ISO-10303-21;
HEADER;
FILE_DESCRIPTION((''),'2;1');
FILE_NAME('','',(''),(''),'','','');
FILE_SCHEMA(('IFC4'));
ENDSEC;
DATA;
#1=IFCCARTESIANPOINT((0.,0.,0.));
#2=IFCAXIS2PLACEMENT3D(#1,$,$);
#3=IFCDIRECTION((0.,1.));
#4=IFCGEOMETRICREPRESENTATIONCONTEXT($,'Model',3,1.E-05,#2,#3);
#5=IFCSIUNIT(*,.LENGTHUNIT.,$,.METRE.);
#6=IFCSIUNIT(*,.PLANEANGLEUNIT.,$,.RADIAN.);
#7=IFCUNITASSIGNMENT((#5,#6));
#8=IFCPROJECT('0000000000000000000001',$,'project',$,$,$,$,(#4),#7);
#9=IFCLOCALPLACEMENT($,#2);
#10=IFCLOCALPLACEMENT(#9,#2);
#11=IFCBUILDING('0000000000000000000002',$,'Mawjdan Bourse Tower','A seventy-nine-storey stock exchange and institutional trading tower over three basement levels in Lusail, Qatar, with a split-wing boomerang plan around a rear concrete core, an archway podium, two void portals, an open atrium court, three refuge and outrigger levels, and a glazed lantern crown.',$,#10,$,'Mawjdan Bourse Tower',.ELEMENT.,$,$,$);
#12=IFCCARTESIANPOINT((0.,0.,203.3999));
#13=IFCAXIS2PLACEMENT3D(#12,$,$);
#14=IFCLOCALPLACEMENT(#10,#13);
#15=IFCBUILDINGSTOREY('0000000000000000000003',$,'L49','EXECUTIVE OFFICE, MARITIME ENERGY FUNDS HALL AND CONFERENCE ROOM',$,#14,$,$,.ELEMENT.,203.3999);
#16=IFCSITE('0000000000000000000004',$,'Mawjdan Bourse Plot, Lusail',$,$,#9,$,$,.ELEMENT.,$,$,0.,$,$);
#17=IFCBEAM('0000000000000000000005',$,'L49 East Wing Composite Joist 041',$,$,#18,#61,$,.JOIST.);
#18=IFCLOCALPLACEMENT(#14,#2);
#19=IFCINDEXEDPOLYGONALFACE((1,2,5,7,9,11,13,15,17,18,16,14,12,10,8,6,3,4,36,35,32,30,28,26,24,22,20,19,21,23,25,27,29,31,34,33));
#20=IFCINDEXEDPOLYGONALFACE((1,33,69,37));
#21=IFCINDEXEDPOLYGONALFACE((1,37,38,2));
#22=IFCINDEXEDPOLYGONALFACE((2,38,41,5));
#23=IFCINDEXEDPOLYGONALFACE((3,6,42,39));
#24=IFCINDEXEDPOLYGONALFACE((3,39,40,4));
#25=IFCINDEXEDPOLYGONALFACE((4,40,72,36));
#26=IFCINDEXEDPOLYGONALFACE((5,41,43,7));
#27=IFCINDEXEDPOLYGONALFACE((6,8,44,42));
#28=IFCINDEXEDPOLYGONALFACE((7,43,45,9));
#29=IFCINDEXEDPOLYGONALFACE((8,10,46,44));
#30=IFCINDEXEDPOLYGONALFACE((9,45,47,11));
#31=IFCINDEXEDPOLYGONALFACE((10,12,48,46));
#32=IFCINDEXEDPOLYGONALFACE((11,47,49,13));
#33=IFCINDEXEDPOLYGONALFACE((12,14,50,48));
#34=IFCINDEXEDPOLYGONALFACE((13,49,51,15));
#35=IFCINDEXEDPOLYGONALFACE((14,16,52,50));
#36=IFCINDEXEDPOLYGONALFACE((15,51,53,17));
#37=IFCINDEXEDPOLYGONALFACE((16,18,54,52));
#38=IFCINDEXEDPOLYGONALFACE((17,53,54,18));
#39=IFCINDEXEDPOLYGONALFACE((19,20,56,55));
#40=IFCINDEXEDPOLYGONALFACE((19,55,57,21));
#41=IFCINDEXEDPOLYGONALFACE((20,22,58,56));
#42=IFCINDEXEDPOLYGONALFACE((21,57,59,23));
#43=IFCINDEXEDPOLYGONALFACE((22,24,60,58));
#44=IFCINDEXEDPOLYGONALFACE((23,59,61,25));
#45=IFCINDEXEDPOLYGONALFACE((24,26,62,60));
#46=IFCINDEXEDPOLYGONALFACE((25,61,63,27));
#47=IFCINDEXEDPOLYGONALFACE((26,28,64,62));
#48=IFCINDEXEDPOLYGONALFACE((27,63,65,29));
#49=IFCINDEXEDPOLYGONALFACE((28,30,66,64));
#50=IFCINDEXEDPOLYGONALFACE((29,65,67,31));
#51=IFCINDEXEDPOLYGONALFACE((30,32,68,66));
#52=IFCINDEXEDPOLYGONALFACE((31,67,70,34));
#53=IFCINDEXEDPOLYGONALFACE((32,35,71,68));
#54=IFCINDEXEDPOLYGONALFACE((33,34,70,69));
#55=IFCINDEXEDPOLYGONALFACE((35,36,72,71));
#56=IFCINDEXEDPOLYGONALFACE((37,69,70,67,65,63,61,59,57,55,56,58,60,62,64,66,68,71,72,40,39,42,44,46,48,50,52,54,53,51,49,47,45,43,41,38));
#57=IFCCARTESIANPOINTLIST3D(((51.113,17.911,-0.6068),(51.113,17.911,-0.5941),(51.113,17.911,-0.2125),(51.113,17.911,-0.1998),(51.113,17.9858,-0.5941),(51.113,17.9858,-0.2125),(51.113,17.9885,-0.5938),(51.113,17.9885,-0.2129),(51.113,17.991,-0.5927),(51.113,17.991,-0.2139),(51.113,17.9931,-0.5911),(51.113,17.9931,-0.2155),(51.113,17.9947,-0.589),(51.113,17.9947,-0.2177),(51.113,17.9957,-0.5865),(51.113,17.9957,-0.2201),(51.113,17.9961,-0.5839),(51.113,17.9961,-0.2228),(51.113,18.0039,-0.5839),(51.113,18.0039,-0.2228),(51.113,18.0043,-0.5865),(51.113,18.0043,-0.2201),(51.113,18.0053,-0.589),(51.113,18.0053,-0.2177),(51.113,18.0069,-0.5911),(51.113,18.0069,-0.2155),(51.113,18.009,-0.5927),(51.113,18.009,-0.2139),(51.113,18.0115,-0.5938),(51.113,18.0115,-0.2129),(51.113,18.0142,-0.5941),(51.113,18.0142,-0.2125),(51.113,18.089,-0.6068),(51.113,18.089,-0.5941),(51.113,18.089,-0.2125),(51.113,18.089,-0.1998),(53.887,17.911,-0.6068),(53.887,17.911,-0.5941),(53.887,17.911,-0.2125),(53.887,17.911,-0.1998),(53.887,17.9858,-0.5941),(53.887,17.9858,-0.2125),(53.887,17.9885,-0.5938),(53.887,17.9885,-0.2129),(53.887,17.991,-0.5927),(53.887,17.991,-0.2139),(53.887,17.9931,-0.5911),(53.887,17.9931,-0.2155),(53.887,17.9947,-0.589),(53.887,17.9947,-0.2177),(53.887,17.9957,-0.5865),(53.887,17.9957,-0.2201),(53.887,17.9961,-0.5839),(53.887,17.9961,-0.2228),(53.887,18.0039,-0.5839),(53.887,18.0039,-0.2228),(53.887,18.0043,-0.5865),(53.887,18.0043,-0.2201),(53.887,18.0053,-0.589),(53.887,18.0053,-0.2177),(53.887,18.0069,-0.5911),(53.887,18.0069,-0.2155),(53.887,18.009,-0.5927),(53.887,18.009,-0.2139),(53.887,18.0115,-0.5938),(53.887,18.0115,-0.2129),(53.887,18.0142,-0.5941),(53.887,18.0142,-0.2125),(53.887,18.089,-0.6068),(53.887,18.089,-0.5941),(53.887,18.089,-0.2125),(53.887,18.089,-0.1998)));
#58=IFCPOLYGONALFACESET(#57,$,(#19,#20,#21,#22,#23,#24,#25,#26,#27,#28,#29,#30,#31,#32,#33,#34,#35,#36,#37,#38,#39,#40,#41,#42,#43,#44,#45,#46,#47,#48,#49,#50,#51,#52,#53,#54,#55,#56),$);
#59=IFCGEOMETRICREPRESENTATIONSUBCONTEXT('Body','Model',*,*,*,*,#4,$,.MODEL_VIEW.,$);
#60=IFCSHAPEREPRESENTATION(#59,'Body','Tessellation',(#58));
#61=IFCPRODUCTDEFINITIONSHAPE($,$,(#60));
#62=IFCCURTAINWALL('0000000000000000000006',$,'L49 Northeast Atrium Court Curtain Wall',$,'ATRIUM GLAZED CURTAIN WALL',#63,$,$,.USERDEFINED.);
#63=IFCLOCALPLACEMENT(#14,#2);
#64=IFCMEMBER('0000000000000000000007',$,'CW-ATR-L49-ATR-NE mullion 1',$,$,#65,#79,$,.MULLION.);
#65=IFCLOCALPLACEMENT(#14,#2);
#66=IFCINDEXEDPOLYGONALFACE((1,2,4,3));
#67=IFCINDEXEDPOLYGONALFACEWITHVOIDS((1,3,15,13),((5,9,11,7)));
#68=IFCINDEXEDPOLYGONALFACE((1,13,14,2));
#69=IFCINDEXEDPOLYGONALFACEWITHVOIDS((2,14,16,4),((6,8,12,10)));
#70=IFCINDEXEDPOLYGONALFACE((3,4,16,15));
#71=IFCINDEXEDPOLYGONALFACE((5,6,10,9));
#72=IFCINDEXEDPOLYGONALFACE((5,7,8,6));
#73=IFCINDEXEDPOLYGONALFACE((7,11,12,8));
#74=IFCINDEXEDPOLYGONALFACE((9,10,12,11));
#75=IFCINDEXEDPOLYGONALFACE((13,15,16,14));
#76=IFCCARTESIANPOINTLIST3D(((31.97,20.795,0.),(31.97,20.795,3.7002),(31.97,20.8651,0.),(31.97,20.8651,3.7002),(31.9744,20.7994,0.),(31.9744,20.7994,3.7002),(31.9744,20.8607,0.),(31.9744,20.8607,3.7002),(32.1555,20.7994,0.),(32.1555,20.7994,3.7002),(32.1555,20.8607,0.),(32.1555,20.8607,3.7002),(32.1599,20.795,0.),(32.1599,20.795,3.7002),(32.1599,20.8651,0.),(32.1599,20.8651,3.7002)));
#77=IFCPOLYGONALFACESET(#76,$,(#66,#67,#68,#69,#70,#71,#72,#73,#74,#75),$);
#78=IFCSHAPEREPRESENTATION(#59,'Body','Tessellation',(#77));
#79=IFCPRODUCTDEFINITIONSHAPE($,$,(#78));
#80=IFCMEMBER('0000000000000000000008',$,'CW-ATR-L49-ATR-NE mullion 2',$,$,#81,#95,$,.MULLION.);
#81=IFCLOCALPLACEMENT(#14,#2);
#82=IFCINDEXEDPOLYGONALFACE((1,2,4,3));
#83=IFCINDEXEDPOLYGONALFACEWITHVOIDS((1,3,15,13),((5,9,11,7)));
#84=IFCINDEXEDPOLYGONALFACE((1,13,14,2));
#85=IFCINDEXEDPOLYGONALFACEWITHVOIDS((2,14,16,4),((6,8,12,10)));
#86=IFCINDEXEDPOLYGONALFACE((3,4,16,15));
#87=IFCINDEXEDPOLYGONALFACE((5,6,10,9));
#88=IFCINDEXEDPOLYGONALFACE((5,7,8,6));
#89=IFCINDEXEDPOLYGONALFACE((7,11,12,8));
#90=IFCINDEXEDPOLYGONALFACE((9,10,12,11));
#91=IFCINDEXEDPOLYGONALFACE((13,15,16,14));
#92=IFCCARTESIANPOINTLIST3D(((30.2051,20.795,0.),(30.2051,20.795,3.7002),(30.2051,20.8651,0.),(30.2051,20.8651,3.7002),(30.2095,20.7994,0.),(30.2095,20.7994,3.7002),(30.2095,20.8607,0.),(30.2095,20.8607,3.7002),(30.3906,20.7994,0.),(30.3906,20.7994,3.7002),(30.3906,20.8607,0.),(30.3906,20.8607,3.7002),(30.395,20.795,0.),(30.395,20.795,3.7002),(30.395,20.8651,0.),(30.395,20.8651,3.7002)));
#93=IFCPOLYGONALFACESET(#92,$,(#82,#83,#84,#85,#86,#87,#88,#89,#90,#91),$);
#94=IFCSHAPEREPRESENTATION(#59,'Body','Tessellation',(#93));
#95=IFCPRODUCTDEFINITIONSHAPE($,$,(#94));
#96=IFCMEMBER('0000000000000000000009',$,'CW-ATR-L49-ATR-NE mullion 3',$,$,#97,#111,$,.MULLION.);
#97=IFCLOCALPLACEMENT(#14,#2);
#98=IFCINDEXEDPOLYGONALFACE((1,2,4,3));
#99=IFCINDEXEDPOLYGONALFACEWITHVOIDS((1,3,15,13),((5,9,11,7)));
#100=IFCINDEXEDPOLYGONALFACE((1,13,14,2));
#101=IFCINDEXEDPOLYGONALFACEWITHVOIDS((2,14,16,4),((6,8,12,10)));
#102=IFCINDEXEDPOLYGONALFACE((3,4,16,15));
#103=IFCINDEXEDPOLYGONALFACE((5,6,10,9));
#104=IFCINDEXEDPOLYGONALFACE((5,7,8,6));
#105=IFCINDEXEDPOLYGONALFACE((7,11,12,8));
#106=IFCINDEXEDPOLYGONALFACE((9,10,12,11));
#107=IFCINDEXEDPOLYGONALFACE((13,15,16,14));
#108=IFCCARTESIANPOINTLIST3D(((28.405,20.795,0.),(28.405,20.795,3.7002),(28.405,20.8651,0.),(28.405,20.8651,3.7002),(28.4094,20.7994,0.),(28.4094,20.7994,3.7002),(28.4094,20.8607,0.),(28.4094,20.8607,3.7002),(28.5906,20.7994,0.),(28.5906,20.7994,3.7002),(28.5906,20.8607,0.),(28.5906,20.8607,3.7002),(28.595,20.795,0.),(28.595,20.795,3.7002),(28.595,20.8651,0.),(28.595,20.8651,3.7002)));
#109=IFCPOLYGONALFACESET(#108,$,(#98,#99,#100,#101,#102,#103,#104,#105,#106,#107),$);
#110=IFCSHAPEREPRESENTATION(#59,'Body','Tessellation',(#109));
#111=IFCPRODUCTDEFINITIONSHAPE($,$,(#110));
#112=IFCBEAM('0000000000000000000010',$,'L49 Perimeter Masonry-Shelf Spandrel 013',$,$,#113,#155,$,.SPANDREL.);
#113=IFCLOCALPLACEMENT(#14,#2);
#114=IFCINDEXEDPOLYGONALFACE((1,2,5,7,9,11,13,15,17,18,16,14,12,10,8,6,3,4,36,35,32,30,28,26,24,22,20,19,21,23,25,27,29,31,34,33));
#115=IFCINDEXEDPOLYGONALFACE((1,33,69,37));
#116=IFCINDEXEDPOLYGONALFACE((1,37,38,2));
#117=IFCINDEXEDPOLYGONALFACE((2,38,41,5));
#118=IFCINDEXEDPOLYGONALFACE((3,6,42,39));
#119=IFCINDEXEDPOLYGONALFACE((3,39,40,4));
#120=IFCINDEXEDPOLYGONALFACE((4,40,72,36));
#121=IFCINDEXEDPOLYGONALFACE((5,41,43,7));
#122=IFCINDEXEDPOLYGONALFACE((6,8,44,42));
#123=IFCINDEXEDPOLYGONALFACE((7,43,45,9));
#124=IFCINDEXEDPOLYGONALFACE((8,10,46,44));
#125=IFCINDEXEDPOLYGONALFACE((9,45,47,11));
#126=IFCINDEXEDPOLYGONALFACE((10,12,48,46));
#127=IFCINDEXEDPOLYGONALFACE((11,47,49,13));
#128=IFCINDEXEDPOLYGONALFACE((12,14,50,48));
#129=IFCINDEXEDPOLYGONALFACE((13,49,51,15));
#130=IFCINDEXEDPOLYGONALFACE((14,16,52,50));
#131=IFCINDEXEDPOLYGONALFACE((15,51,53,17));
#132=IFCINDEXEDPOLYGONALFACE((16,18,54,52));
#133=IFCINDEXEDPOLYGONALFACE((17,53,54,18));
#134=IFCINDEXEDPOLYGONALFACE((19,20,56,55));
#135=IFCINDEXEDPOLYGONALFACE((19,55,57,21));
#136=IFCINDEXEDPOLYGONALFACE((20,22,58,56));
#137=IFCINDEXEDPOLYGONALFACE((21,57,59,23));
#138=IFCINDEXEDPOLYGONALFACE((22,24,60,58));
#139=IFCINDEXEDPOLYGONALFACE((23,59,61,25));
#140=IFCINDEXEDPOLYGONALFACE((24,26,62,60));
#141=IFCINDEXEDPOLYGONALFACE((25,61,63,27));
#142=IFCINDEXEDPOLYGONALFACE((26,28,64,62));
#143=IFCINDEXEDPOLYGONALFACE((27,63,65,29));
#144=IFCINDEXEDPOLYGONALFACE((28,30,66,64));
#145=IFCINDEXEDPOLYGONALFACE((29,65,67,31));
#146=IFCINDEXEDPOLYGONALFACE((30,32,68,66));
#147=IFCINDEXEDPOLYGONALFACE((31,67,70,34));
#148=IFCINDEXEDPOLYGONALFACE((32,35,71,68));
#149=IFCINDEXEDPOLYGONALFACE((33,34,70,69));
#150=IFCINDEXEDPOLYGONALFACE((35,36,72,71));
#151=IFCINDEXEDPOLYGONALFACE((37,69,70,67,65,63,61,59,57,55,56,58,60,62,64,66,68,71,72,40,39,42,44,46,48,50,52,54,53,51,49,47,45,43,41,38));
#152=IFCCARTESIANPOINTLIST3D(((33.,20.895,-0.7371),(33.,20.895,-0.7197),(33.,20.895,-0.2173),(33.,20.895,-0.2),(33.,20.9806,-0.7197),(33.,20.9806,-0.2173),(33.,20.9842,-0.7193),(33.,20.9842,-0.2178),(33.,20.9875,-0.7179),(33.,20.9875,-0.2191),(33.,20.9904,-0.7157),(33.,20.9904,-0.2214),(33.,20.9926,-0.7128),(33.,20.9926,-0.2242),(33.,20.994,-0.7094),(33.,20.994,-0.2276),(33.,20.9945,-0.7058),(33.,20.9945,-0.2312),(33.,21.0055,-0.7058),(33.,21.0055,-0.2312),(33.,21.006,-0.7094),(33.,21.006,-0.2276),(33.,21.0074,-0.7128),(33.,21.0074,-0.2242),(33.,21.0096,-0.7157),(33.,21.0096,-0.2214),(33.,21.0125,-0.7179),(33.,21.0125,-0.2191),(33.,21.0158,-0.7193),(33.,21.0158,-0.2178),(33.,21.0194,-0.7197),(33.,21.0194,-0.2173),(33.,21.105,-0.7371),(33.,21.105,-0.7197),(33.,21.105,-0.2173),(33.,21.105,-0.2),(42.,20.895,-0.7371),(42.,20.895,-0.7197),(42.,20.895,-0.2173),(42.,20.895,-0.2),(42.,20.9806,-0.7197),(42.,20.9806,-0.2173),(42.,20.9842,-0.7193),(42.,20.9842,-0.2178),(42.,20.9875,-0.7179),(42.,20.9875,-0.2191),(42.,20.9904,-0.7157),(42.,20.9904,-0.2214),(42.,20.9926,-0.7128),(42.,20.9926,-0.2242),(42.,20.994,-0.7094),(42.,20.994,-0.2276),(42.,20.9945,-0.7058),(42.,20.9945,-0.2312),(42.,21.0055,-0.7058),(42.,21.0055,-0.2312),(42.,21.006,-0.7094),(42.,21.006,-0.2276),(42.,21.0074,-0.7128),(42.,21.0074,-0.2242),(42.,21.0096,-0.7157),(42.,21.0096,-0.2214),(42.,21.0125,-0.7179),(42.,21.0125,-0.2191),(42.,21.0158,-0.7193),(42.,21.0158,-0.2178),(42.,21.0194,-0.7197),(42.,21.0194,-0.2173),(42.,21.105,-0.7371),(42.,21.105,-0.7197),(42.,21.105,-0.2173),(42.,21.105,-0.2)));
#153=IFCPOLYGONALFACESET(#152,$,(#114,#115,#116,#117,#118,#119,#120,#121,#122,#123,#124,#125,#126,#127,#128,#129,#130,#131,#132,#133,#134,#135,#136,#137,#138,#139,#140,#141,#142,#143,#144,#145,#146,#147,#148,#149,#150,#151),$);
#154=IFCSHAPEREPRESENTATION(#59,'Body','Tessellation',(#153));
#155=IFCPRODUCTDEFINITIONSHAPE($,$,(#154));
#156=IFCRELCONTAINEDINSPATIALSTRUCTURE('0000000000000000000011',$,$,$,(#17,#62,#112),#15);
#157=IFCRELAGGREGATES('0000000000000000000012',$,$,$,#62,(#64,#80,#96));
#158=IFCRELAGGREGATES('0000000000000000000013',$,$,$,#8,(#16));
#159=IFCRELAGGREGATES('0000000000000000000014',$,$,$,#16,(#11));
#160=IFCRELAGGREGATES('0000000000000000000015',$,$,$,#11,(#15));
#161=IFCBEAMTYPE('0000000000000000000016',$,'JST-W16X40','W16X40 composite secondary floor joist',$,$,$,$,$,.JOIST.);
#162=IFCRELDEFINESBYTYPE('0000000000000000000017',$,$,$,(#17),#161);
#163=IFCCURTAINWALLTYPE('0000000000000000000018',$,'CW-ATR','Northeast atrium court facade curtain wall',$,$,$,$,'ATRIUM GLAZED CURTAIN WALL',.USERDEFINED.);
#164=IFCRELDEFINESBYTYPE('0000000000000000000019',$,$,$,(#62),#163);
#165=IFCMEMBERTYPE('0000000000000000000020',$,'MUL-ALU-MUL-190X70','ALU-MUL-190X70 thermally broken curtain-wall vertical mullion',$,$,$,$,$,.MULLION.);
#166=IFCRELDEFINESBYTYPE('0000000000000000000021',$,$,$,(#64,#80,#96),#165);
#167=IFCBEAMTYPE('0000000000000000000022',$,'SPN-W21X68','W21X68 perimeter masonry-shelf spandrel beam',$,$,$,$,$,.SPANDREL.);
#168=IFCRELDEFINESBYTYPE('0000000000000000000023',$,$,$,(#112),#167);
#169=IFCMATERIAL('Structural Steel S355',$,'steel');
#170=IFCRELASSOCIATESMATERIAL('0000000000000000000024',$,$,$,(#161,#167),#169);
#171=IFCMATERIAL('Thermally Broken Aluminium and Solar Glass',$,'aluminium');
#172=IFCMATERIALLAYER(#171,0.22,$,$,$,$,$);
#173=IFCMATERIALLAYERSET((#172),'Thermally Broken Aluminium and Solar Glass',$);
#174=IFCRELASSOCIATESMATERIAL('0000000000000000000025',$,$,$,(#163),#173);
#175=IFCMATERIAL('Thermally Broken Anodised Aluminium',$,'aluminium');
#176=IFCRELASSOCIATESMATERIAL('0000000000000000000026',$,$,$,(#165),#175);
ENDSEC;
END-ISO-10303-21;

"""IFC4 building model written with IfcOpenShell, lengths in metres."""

from ifc_helpers import new_model, si_unit, direction, frame, origin, origin_2d, place, context, subcontext, project, spatial, hollow_rectangle, i_section, extrude, material, layer, layer_set, material_profile, profile_set, type_object, element, aggregate, save


model = new_model("IFC4")

# Units and contexts
model_context = context("Model", 3, precision=1e-05, world=origin(), true_north=direction((0.0, 1.0)))
body_context = subcontext(model_context, "Body", "Model", "MODEL_VIEW")
ifc_project = project(units=[si_unit("LENGTHUNIT", "METRE"), si_unit("PLANEANGLEUNIT", "RADIAN")], contexts=[model_context])

# Site, building, storey
site_placement = place(None, origin())
site = spatial("IfcSite", under=ifc_project, at=site_placement, Name="Mawjdan Bourse Plot, Lusail", CompositionType="ELEMENT", RefElevation=0.0)
building_placement = place(site_placement, origin())
building = spatial("IfcBuilding", under=site, at=building_placement, Name="Mawjdan Bourse Tower", Description="A seventy-nine-storey stock exchange and institutional trading tower over three basement levels in Lusail, Qatar, with a split-wing boomerang plan around a rear concrete core, an archway podium, two void portals, an open atrium court, three refuge and outrigger levels, and a glazed lantern crown.", LongName="Mawjdan Bourse Tower", CompositionType="ELEMENT")
storey_placement = place(building_placement, frame((0.0, 0.0, 203.3999)))
storey = spatial("IfcBuildingStorey", under=building, at=storey_placement, Name="L49", Description="EXECUTIVE OFFICE, MARITIME ENERGY FUNDS HALL AND CONFERENCE ROOM", CompositionType="ELEMENT", Elevation=203.3999)

# Beam
ifc_material_1 = material(Name="Structural Steel S355", Category="steel")
ifc_material_profile_1 = material_profile(ifc_material_1, i_section(OverallWidth=0.178, OverallDepth=0.407, WebThickness=0.0078, FlangeThickness=0.0127, FilletRadius=0.0103, at=origin_2d()), Name="W16X40")
ifc_profile_set_1 = profile_set([ifc_material_profile_1], Name="Structural Steel S355")
beam_type_1 = type_object("IfcBeamType", Name="JST-W16X40", Description="W16X40 composite secondary floor joist", PredefinedType="JOIST", material=ifc_profile_set_1)
for number, where, z_axis, x_axis, name in (
    (1, (51.113, 18.0, -0.4033), (1.0, 0.0, 0.0), (0.0, 1.0, 0.0), "L49 East Wing Composite Joist 041"),
):
    element("IfcBeam", number, at=place(storey_placement, frame(where, z_axis=z_axis, x_axis=x_axis)), inside=storey, type_object=beam_type_1, Name=name, PredefinedType="JOIST", context=body_context, shape_type="SweptSolid", body=[
        extrude(i_section(OverallWidth=0.178, OverallDepth=0.407, WebThickness=0.0078, FlangeThickness=0.0127, FilletRadius=0.0103, at=origin_2d()), origin(), (0.0, 0.0, 1.0), 2.7739),
    ])

# Curtain wall, members
ifc_material_2 = material(Name="Thermally Broken Aluminium and Solar Glass", Category="aluminium")
ifc_layer_1 = layer(ifc_material_2, 0.22)
ifc_layer_set_1 = layer_set([ifc_layer_1], Name="Thermally Broken Aluminium and Solar Glass")
curtain_wall_type = type_object("IfcCurtainWallType", Name="CW-ATR", Description="Northeast atrium court facade curtain wall", ElementType="ATRIUM GLAZED CURTAIN WALL", PredefinedType="USERDEFINED", material=ifc_layer_set_1)
curtain_wall_placement = place(storey_placement, origin())
curtain_wall = element("IfcCurtainWall", 2, at=curtain_wall_placement, inside=storey, type_object=curtain_wall_type, Name="L49 Northeast Atrium Court Curtain Wall", ObjectType="ATRIUM GLAZED CURTAIN WALL", PredefinedType="USERDEFINED")
ifc_material_3 = material(Name="Thermally Broken Anodised Aluminium", Category="aluminium")
ifc_material_profile_2 = material_profile(ifc_material_3, hollow_rectangle(XDim=0.0701, YDim=0.1899, WallThickness=0.0044, at=origin_2d()), Name="ALU-MUL-190X70")
ifc_profile_set_2 = profile_set([ifc_material_profile_2], Name="Thermally Broken Anodised Aluminium")
member_type_1 = type_object("IfcMemberType", Name="MUL-ALU-MUL-190X70", Description="ALU-MUL-190X70 thermally broken curtain-wall vertical mullion", PredefinedType="MULLION", material=ifc_profile_set_2)
member_1_placement = place(storey_placement, frame((32.0649, 20.8301, 0.0), z_axis=(0.0, 0.0, 1.0), x_axis=(0.0, -1.0, 0.0)))
member_1 = element("IfcMember", 3, at=member_1_placement, type_object=member_type_1, Name="CW-ATR-L49-ATR-NE mullion 1", PredefinedType="MULLION", context=body_context, shape_type="SweptSolid", body=[
    extrude(hollow_rectangle(XDim=0.0701, YDim=0.1899, WallThickness=0.0044, at=origin_2d()), origin(), (0.0, 0.0, 1.0), 3.7002),
])
member_2_placement = place(storey_placement, frame((30.3, 20.8301, 0.0), z_axis=(0.0, 0.0, 1.0), x_axis=(0.0, -1.0, 0.0)))
member_2 = element("IfcMember", 4, at=member_2_placement, type_object=member_type_1, Name="CW-ATR-L49-ATR-NE mullion 2", PredefinedType="MULLION", context=body_context, shape_type="SweptSolid", body=[
    extrude(hollow_rectangle(XDim=0.0701, YDim=0.1899, WallThickness=0.0044, at=origin_2d()), origin(), (0.0, 0.0, 1.0), 3.7002),
])
member_3_placement = place(storey_placement, frame((28.5, 20.8301, 0.0), z_axis=(0.0, 0.0, 1.0), x_axis=(0.0, -1.0, 0.0)))
member_3 = element("IfcMember", 5, at=member_3_placement, type_object=member_type_1, Name="CW-ATR-L49-ATR-NE mullion 3", PredefinedType="MULLION", context=body_context, shape_type="SweptSolid", body=[
    extrude(hollow_rectangle(XDim=0.0701, YDim=0.1899, WallThickness=0.0044, at=origin_2d()), origin(), (0.0, 0.0, 1.0), 3.7002),
])

# Beam
ifc_material_profile_3 = material_profile(ifc_material_1, i_section(OverallWidth=0.21, OverallDepth=0.5371, WebThickness=0.011, FlangeThickness=0.0173, FilletRadius=0.0139, at=origin_2d()), Name="W21X68")
ifc_profile_set_3 = profile_set([ifc_material_profile_3], Name="Structural Steel S355")
beam_type_2 = type_object("IfcBeamType", Name="SPN-W21X68", Description="W21X68 perimeter masonry-shelf spandrel beam", PredefinedType="SPANDREL", material=ifc_profile_set_3)
beam_1_placement = place(storey_placement, frame((33.0, 21.0, -0.4685), z_axis=(1.0, 0.0, 0.0), x_axis=(0.0, 1.0, 0.0)))
element("IfcBeam", 6, at=beam_1_placement, inside=storey, type_object=beam_type_2, Name="L49 Perimeter Masonry-Shelf Spandrel 013", PredefinedType="SPANDREL", context=body_context, shape_type="SweptSolid", body=[
    extrude(i_section(OverallWidth=0.21, OverallDepth=0.5371, WebThickness=0.011, FlangeThickness=0.0173, FilletRadius=0.0139, at=origin_2d()), origin(), (0.0, 0.0, 1.0), 9.0),
])

aggregate(curtain_wall, [member_1, member_2, member_3])

save(model, "model.ifc")
